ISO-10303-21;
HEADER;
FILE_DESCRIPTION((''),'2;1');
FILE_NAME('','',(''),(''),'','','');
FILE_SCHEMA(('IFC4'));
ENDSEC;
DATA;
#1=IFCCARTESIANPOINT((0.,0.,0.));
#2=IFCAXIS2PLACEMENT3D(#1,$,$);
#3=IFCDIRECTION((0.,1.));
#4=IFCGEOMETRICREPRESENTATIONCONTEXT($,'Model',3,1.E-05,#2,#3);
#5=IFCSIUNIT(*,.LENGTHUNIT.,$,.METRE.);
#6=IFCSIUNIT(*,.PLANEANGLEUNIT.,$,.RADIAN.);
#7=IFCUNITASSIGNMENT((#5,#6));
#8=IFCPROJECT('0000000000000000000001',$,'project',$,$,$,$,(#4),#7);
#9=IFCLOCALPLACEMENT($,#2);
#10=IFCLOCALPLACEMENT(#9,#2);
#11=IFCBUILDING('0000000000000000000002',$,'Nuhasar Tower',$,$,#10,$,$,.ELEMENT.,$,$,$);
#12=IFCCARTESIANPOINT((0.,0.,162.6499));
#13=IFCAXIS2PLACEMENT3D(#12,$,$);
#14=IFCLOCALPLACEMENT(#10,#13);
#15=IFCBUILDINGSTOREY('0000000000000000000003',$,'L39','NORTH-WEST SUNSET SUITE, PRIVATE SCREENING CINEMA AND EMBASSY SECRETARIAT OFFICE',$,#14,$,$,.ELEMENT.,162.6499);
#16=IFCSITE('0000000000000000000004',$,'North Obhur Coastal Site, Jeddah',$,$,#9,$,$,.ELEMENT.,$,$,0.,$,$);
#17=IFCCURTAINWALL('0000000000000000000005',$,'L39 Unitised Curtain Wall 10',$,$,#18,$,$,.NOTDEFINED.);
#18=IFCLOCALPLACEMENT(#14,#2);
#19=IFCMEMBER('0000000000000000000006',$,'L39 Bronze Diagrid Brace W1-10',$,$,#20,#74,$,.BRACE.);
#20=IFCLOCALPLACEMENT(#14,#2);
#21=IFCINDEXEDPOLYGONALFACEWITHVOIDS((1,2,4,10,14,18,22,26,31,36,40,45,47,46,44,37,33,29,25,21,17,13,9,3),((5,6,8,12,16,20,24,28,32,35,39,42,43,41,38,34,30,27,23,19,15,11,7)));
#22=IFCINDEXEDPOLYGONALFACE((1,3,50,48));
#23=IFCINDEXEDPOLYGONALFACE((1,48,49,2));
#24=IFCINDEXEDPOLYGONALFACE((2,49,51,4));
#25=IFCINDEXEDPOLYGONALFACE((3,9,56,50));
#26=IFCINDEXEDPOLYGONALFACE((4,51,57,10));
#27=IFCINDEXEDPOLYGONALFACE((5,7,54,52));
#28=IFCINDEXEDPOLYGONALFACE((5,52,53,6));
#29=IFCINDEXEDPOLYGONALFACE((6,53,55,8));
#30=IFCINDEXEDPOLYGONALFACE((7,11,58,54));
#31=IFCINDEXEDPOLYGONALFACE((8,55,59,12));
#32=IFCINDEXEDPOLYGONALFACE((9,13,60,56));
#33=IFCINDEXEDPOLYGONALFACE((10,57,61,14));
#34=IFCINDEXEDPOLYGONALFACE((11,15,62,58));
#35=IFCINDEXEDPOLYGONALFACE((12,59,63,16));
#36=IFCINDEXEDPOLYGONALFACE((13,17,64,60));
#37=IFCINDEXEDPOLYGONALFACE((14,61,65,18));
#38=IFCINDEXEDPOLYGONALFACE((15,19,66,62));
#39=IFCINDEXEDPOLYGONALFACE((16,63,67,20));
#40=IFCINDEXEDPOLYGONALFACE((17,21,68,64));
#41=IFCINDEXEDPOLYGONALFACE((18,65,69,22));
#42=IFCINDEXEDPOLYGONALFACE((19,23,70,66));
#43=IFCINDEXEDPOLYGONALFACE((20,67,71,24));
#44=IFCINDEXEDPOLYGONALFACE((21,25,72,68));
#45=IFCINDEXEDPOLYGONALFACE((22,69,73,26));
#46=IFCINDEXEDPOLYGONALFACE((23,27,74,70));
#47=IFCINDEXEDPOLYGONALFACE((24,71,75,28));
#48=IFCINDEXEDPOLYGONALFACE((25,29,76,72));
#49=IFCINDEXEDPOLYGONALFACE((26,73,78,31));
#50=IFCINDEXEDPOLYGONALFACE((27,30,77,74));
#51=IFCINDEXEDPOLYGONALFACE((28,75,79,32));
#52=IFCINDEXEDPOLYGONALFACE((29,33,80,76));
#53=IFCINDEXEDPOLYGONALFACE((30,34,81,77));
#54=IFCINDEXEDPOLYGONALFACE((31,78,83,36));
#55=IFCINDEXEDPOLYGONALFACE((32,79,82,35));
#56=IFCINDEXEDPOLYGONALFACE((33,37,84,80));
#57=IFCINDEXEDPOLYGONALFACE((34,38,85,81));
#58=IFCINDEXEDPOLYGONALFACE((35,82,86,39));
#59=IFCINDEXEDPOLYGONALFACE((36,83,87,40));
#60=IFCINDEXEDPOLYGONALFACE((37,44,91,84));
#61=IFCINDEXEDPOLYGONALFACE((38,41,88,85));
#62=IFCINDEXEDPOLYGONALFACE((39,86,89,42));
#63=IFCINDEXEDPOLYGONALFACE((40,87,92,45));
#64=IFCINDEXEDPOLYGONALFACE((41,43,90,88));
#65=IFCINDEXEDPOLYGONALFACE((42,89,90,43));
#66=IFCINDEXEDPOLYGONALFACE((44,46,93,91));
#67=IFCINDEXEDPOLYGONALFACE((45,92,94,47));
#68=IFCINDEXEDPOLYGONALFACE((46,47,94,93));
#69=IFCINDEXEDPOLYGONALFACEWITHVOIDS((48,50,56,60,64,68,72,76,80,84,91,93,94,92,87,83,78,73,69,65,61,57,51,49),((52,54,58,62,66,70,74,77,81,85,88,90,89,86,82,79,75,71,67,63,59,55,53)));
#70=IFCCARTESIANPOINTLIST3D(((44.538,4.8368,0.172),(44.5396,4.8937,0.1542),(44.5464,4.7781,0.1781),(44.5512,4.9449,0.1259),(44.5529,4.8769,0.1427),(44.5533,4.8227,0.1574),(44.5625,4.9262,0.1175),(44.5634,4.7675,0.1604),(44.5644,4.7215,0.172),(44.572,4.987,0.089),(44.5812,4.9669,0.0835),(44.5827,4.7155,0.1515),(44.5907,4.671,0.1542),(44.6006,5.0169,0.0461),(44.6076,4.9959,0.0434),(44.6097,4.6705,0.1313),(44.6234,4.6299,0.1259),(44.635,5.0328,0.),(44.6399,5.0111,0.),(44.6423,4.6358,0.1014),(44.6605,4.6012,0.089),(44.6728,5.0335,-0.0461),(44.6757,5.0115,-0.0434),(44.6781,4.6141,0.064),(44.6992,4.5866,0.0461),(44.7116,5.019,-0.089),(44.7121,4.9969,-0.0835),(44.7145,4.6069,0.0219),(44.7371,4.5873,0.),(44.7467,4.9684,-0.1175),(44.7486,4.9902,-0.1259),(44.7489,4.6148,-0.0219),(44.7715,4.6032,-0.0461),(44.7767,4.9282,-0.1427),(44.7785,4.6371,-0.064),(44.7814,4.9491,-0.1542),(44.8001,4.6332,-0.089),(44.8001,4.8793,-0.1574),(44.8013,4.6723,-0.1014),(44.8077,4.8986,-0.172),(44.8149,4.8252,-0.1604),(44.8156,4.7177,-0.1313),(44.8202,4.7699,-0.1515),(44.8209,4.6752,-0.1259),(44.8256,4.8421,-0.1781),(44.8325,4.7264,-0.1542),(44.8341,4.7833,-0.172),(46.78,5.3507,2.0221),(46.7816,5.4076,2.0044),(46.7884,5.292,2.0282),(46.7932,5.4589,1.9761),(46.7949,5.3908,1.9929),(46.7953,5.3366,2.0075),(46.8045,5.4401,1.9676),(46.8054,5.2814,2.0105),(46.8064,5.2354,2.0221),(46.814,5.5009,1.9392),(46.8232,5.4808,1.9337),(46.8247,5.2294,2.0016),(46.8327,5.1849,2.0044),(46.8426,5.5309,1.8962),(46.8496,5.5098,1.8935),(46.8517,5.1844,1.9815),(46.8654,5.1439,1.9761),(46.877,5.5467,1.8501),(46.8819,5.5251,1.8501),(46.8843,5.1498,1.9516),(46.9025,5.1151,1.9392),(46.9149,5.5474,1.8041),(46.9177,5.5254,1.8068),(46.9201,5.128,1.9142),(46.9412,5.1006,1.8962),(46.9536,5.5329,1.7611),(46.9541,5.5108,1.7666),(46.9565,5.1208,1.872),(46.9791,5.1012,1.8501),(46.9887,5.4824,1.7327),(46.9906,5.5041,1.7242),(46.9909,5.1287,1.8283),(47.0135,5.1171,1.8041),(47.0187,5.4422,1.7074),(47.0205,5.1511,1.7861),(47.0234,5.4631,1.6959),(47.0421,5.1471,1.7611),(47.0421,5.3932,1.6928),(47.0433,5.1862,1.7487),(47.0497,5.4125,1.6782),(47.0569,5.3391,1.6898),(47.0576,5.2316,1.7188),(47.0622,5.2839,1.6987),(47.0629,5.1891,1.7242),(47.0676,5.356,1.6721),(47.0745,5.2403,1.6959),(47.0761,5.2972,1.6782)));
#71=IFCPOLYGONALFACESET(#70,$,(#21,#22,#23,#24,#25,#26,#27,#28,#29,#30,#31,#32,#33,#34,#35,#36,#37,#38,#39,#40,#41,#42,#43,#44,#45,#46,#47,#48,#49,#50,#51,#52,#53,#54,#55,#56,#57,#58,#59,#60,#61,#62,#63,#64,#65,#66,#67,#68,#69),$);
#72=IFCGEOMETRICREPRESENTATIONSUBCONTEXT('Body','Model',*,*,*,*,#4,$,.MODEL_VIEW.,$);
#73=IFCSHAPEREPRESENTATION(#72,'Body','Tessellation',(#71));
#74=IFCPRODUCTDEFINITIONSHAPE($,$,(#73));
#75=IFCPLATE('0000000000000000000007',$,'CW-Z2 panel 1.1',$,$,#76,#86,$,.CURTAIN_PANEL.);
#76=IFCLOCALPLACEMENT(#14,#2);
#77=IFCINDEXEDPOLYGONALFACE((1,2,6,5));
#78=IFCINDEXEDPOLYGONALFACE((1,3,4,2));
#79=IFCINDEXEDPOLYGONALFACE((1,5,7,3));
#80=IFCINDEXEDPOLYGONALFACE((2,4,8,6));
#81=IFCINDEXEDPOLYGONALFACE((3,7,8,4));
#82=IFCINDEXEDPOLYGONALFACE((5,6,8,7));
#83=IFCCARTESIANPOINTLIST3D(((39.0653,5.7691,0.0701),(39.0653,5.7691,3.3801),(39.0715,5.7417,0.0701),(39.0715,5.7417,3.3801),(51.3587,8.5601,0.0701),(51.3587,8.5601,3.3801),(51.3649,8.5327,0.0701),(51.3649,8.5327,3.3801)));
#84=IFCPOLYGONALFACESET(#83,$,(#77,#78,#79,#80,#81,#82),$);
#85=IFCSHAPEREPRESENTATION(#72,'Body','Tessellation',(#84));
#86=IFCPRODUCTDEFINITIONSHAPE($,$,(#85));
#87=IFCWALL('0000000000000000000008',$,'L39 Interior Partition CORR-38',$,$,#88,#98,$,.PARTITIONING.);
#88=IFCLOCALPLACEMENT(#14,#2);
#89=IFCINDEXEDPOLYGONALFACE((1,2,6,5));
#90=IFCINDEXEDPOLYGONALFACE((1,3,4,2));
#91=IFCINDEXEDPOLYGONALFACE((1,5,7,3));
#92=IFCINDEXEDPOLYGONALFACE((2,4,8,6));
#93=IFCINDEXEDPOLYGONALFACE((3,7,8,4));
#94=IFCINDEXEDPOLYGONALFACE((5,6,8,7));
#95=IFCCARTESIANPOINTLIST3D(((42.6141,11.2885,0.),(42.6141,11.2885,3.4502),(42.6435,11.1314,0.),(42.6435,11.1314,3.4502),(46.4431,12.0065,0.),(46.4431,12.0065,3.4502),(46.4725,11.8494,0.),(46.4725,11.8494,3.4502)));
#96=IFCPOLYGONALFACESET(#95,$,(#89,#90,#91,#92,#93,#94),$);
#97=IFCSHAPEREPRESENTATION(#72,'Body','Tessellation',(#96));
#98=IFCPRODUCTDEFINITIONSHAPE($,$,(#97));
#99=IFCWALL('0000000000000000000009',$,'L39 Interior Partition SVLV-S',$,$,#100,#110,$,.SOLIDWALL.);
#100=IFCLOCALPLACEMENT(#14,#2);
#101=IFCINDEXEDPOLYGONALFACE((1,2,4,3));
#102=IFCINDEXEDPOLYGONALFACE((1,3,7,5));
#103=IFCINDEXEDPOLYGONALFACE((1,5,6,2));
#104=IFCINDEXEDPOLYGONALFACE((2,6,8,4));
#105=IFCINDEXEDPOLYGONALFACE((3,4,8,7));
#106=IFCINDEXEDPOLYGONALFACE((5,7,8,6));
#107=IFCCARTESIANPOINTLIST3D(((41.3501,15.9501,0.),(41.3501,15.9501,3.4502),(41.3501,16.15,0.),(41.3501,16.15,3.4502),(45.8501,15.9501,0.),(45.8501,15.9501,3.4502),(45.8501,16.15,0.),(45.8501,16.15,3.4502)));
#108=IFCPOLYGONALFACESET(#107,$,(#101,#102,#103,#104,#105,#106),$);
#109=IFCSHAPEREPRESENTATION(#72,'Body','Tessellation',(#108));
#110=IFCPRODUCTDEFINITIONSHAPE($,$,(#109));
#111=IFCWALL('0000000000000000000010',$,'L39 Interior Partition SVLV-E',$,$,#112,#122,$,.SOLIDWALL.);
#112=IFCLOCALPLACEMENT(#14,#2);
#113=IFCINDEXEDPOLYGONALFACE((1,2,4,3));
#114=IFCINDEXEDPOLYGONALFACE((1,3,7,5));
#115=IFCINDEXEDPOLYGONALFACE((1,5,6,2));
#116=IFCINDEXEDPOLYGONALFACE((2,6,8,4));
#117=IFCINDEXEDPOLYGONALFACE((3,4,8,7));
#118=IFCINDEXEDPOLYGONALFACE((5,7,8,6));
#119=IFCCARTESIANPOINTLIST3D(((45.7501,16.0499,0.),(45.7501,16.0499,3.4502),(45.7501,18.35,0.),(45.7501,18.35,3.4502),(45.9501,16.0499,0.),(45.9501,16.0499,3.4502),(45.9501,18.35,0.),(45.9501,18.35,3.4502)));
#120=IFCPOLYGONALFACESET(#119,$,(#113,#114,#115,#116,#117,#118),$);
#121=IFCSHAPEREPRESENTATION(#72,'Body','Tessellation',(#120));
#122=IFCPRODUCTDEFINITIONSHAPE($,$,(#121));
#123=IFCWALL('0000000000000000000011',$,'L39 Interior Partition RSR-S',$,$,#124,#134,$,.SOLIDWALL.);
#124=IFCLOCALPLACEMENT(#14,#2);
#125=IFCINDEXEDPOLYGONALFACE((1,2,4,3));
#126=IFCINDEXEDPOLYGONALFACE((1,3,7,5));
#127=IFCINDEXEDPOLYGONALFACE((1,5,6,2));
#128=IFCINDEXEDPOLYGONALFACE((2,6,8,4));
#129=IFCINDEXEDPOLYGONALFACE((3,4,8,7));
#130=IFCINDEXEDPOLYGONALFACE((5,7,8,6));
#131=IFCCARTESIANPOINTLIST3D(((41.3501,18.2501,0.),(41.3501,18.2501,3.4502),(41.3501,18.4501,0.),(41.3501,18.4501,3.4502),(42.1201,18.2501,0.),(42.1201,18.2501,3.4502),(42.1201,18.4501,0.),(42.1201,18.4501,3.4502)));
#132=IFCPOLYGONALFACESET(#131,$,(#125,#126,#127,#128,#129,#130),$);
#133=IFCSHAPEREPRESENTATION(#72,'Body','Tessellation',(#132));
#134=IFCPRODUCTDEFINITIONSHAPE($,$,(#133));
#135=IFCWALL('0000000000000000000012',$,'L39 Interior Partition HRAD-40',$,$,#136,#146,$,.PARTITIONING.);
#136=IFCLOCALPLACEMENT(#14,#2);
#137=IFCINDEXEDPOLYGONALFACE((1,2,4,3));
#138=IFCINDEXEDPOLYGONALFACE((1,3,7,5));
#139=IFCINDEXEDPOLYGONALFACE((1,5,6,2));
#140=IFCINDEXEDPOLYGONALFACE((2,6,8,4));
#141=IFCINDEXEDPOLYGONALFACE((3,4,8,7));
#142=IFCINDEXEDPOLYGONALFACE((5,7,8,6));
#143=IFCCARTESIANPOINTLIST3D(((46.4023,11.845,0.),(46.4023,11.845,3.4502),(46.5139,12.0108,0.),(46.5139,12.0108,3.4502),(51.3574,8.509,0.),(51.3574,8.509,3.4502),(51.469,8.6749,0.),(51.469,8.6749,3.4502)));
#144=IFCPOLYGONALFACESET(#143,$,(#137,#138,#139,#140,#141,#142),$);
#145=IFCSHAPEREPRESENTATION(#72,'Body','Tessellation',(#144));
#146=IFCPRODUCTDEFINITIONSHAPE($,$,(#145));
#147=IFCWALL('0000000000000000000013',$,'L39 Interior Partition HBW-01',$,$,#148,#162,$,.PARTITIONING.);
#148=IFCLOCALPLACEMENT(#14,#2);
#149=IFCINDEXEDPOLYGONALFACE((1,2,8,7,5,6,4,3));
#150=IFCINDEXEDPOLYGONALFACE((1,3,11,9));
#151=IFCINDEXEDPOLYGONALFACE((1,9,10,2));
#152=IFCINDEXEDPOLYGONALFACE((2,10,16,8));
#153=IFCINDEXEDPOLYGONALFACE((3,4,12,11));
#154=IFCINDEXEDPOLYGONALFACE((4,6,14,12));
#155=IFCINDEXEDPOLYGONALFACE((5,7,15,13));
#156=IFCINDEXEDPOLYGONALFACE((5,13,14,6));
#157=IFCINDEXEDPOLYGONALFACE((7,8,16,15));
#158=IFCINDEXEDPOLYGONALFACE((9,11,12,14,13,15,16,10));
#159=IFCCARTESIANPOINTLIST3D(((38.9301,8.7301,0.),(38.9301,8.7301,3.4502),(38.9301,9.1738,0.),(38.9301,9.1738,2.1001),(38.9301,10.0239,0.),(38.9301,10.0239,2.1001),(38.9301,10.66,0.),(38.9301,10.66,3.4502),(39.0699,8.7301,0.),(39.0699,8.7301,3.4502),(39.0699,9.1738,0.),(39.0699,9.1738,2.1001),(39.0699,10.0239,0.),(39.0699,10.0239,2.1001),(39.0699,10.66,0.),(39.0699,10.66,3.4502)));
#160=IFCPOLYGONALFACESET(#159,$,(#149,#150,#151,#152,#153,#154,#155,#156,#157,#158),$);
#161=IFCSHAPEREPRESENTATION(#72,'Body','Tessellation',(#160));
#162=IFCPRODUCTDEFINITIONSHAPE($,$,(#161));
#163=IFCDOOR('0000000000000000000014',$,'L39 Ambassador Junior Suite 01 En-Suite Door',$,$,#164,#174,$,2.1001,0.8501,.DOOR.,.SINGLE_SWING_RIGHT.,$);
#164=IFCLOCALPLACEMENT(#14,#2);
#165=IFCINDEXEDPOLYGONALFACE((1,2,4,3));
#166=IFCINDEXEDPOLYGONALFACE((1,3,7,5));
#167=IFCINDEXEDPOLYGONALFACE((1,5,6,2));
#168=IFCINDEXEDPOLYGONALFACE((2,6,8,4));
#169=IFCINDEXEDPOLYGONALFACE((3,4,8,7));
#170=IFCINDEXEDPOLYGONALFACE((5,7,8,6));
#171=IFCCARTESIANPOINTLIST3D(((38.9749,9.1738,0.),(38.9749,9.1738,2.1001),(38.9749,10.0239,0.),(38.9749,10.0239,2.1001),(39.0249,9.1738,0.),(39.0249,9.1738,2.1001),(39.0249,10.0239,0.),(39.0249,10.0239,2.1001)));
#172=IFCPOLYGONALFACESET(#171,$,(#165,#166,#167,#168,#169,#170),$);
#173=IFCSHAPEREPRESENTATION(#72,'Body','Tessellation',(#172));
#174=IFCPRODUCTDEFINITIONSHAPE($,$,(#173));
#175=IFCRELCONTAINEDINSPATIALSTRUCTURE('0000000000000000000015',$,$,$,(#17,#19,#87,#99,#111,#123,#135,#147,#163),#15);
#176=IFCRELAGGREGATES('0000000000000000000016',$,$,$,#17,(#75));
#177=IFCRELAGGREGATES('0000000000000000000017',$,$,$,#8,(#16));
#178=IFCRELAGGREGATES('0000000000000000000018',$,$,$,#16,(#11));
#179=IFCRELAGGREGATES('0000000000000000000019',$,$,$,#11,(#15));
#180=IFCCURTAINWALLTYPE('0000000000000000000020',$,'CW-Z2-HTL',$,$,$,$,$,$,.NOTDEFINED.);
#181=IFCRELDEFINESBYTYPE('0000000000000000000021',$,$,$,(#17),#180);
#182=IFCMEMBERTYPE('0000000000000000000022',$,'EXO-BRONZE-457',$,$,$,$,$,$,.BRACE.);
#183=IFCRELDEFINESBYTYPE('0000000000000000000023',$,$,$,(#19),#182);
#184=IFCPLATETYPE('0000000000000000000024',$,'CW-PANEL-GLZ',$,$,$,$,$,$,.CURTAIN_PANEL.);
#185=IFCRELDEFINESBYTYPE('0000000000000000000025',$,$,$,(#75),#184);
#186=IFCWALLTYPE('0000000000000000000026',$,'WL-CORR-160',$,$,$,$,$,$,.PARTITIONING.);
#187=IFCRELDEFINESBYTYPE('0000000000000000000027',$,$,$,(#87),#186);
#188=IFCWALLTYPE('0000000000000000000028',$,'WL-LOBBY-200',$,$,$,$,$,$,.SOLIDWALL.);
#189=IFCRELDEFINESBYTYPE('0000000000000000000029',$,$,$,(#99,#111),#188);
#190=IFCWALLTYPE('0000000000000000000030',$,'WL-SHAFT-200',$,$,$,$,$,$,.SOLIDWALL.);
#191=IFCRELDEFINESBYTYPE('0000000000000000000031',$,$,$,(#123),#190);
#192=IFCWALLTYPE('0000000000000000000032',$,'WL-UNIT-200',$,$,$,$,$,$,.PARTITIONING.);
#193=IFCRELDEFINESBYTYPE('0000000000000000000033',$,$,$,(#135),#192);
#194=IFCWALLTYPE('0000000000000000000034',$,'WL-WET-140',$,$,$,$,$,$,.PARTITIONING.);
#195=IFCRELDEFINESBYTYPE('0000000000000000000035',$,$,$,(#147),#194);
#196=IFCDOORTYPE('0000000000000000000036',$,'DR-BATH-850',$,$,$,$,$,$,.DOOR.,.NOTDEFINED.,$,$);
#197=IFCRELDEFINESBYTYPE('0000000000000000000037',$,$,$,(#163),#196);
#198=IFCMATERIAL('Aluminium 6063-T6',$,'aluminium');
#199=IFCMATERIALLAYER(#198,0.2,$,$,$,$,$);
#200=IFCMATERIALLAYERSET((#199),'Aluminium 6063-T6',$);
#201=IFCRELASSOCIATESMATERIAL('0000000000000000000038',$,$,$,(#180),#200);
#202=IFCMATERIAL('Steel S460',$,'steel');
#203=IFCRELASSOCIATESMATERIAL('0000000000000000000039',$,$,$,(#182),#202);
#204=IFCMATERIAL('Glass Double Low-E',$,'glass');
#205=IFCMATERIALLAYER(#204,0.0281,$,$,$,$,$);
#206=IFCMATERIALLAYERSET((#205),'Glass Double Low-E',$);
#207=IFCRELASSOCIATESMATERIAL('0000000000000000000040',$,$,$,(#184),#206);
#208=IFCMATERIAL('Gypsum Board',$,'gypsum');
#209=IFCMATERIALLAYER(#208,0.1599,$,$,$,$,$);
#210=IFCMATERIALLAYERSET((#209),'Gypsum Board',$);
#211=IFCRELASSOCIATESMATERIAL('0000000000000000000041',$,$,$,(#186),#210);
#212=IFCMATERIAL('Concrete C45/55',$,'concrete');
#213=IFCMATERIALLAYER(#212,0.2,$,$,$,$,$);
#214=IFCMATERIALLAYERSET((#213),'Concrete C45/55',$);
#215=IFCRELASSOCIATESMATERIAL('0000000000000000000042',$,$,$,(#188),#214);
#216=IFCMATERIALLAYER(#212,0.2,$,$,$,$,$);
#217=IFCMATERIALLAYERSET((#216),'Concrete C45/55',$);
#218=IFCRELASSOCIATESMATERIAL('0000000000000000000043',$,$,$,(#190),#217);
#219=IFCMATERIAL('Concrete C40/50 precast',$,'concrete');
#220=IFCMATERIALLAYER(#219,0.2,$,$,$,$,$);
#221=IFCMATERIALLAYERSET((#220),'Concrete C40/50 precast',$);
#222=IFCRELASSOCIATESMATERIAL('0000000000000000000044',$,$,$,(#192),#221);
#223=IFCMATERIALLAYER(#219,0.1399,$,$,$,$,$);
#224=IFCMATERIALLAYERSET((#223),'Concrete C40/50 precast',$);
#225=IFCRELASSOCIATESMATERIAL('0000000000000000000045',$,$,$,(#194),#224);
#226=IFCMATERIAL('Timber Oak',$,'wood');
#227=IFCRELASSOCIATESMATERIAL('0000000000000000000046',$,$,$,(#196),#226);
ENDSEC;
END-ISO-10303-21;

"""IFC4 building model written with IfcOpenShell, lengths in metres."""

from ifc_helpers import new_model, si_unit, direction, frame, frame_2d, origin, origin_2d, place, context, subcontext, project, spatial, rectangle, hollow_circle, extrude, material, layer, layer_set, material_profile, profile_set, type_object, element, fill, aggregate, save


model = new_model("IFC4")

# Units and contexts
model_context = context("Model", 3, precision=1e-05, world=origin(), true_north=direction((0.0, 1.0)))
body_context = subcontext(model_context, "Body", "Model", "MODEL_VIEW")
ifc_project = project(units=[si_unit("LENGTHUNIT", "METRE"), si_unit("PLANEANGLEUNIT", "RADIAN")], contexts=[model_context])

# Site, building, storey
site_placement = place(None, origin())
site = spatial("IfcSite", under=ifc_project, at=site_placement, Name="North Obhur Coastal Site, Jeddah", CompositionType="ELEMENT", RefElevation=0.0)
building_placement = place(site_placement, origin())
building = spatial("IfcBuilding", under=site, at=building_placement, Name="Nuhasar Tower", CompositionType="ELEMENT")
storey_placement = place(building_placement, frame((0.0, 0.0, 162.6499)))
storey = spatial("IfcBuildingStorey", under=building, at=storey_placement, Name="L39", Description="NORTH-WEST SUNSET SUITE, PRIVATE SCREENING CINEMA AND EMBASSY SECRETARIAT OFFICE", CompositionType="ELEMENT", Elevation=162.6499)

# Shared definitions
ifc_material_1 = material(Name="Aluminium 6063-T6", Category="aluminium")
ifc_layer_1 = layer(ifc_material_1, 0.2)
ifc_layer_set_1 = layer_set([ifc_layer_1], Name="Aluminium 6063-T6")
curtain_wall_type = type_object("IfcCurtainWallType", Name="CW-Z2-HTL", PredefinedType="NOTDEFINED", material=ifc_layer_set_1)

# Curtain wall
curtain_wall_1_placement = place(storey_placement, origin())
curtain_wall_1 = element("IfcCurtainWall", 1, at=curtain_wall_1_placement, inside=storey, type_object=curtain_wall_type, Name="L39 Unitised Curtain Wall 10", PredefinedType="NOTDEFINED")

# Member
ifc_material_2 = material(Name="Steel S460", Category="steel")
ifc_material_profile_1 = material_profile(ifc_material_2, hollow_circle(Radius=0.2285, WallThickness=0.0222, at=origin_2d()), Name="HSS457X22.2")
ifc_profile_set_1 = profile_set([ifc_material_profile_1], Name="Steel S460")
member_type_1 = type_object("IfcMemberType", Name="EXO-BRONZE-457", PredefinedType="BRACE", material=ifc_profile_set_1)
member_1_placement = place(storey_placement, frame((44.686, 4.8101, 0.0), z_axis=(0.75951, 0.174101, 0.626764), x_axis=(-0.223433, 0.974719, 0.0)))
element("IfcMember", 2, at=member_1_placement, inside=storey, type_object=member_type_1, Name="L39 Bronze Diagrid Brace W1-10", PredefinedType="BRACE", context=body_context, shape_type="SweptSolid", body=[
    extrude(hollow_circle(Radius=0.2285, WallThickness=0.0222, at=origin_2d()), origin(), (0.0, 0.0, 1.0), 2.9519),
])

# Plate
ifc_material_3 = material(Name="Glass Double Low-E", Category="glass")
ifc_layer_2 = layer(ifc_material_3, 0.0281)
ifc_layer_set_2 = layer_set([ifc_layer_2], Name="Glass Double Low-E")
plate_type = type_object("IfcPlateType", Name="CW-PANEL-GLZ", PredefinedType="CURTAIN_PANEL", material=ifc_layer_set_2)
plate_placement = place(storey_placement, frame((45.2151, 7.1509, 0.0701), z_axis=(0.0, 0.0, 1.0), x_axis=(0.975184, 0.221397, 0.0)))
plate = element("IfcPlate", 3, at=plate_placement, type_object=plate_type, Name="CW-Z2 panel 1.1", PredefinedType="CURTAIN_PANEL", context=body_context, shape_type="SweptSolid", body=[
    extrude(rectangle(XDim=12.6062, YDim=0.0281, at=origin_2d()), origin(), (0.0, 0.0, 1.0), 3.3101),
])
aggregate(curtain_wall_1, [plate])

# Shared definitions
ifc_material_4 = material(Name="Gypsum Board", Category="gypsum")
ifc_layer_3 = layer(ifc_material_4, 0.1599)
ifc_layer_set_3 = layer_set([ifc_layer_3], Name="Gypsum Board")
wall_type_1 = type_object("IfcWallType", Name="WL-CORR-160", PredefinedType="PARTITIONING", material=ifc_layer_set_3)
ifc_material_5 = material(Name="Timber Oak", Category="wood")

# Wall
wall_1_placement = place(storey_placement, frame((42.6289, 11.21, 0.0), z_axis=(0.0, 0.0, 1.0), x_axis=(0.982869, 0.184304, 0.0)))
element("IfcWall", 4, at=wall_1_placement, inside=storey, type_object=wall_type_1, Name="L39 Interior Partition CORR-38", PredefinedType="PARTITIONING", context=body_context, shape_type="SweptSolid", body=[
    extrude(rectangle(XDim=3.8958, YDim=0.1599, at=frame_2d((1.9478, 0.0))), origin(), (0.0, 0.0, 1.0), 3.4502),
])

# Shared definitions
ifc_material_6 = material(Name="Concrete C45/55", Category="concrete")
ifc_layer_4 = layer(ifc_material_6, 0.2)
ifc_layer_set_4 = layer_set([ifc_layer_4], Name="Concrete C45/55")
wall_type_2 = type_object("IfcWallType", Name="WL-LOBBY-200", PredefinedType="SOLIDWALL", material=ifc_layer_set_4)

# Walls
wall_2_placement = place(storey_placement, frame((41.3501, 16.05, 0.0), z_axis=(0.0, 0.0, 1.0), x_axis=(1.0, 0.0, 0.0)))
element("IfcWall", 5, at=wall_2_placement, inside=storey, type_object=wall_type_2, Name="L39 Interior Partition SVLV-S", PredefinedType="SOLIDWALL", context=body_context, shape_type="SweptSolid", body=[
    extrude(rectangle(XDim=4.5, YDim=0.2, at=frame_2d((2.25, 0.0))), origin(), (0.0, 0.0, 1.0), 3.4502),
])
wall_3_placement = place(storey_placement, frame((45.8501, 16.05, 0.0), z_axis=(0.0, 0.0, 1.0), x_axis=(0.0, 1.0, 0.0)))
element("IfcWall", 6, at=wall_3_placement, inside=storey, type_object=wall_type_2, Name="L39 Interior Partition SVLV-E", PredefinedType="SOLIDWALL", context=body_context, shape_type="SweptSolid", body=[
    extrude(rectangle(XDim=2.3, YDim=0.2, at=frame_2d((1.1499, 0.0))), origin(), (0.0, 0.0, 1.0), 3.4502),
])
ifc_layer_5 = layer(ifc_material_6, 0.2)
ifc_layer_set_5 = layer_set([ifc_layer_5], Name="Concrete C45/55")
wall_type_3 = type_object("IfcWallType", Name="WL-SHAFT-200", PredefinedType="SOLIDWALL", material=ifc_layer_set_5)
wall_4_placement = place(storey_placement, frame((41.3501, 18.3501, 0.0), z_axis=(0.0, 0.0, 1.0), x_axis=(1.0, 0.0, 0.0)))
element("IfcWall", 7, at=wall_4_placement, inside=storey, type_object=wall_type_3, Name="L39 Interior Partition RSR-S", PredefinedType="SOLIDWALL", context=body_context, shape_type="SweptSolid", body=[
    extrude(rectangle(XDim=0.77, YDim=0.2, at=frame_2d((0.385, 0.0))), origin(), (0.0, 0.0, 1.0), 3.4502),
])
ifc_material_7 = material(Name="Concrete C40/50 precast", Category="concrete")
ifc_layer_6 = layer(ifc_material_7, 0.2)
ifc_layer_set_6 = layer_set([ifc_layer_6], Name="Concrete C40/50 precast")
wall_type_4 = type_object("IfcWallType", Name="WL-UNIT-200", PredefinedType="PARTITIONING", material=ifc_layer_set_6)
wall_5_placement = place(storey_placement, frame((46.458, 11.928, 0.0), z_axis=(0.0, 0.0, 1.0), x_axis=(0.829527, -0.558467, 0.0)))
element("IfcWall", 8, at=wall_5_placement, inside=storey, type_object=wall_type_4, Name="L39 Interior Partition HRAD-40", PredefinedType="PARTITIONING", context=body_context, shape_type="SweptSolid", body=[
    extrude(rectangle(XDim=5.9734, YDim=0.2, at=frame_2d((2.9868, 0.0))), origin(), (0.0, 0.0, 1.0), 3.4502),
])

# Wall, opening, door
ifc_layer_7 = layer(ifc_material_7, 0.1399)
ifc_layer_set_7 = layer_set([ifc_layer_7], Name="Concrete C40/50 precast")
wall_type_5 = type_object("IfcWallType", Name="WL-WET-140", PredefinedType="PARTITIONING", material=ifc_layer_set_7)
wall_6_placement = place(storey_placement, frame((39.0, 10.6599, 0.0), z_axis=(0.0, 0.0, 1.0), x_axis=(0.0, -1.0, 0.0)))
wall_6 = element("IfcWall", 9, at=wall_6_placement, inside=storey, type_object=wall_type_5, Name="L39 Interior Partition HBW-01", PredefinedType="PARTITIONING", context=body_context, shape_type="SweptSolid", body=[
    extrude(rectangle(XDim=1.9299, YDim=0.1399, at=frame_2d((0.9648, 0.0))), origin(), (0.0, 0.0, 1.0), 3.4502),
])
opening_1_placement = place(wall_6_placement, frame((0.636, 0.0, 0.0)))
opening_1 = element("IfcOpeningElement", 10, at=opening_1_placement, cuts=wall_6, PredefinedType="OPENING", context=body_context, shape_type="SweptSolid", body=[
    extrude(rectangle(XDim=0.8501, YDim=2.1001, at=frame_2d((0.425, 1.05))), frame((0.0, 0.0801, 0.0), z_axis=(0.0, -1.0, 0.0), x_axis=(1.0, 0.0, 0.0)), (0.0, 0.0, 1.0), 0.1599),
])
door_type_1 = type_object("IfcDoorType", Name="DR-BATH-850", OperationType="NOTDEFINED", PredefinedType="DOOR", material=ifc_material_5)
door_1_placement = place(opening_1_placement, origin())
door_1 = element("IfcDoor", 11, at=door_1_placement, inside=storey, type_object=door_type_1, Name="L39 Ambassador Junior Suite 01 En-Suite Door", OperationType="SINGLE_SWING_RIGHT", OverallHeight=2.1001, OverallWidth=0.8501, PredefinedType="DOOR", context=body_context, shape_type="SweptSolid", body=[
    extrude(rectangle(XDim=0.8501, YDim=2.1001, at=frame_2d((0.425, 1.05))), frame((0.0, 0.0249, 0.0), z_axis=(0.0, -1.0, 0.0), x_axis=(1.0, 0.0, 0.0)), (0.0, 0.0, 1.0), 0.05),
])
fill(opening_1, door_1)

save(model, "model.ifc")
